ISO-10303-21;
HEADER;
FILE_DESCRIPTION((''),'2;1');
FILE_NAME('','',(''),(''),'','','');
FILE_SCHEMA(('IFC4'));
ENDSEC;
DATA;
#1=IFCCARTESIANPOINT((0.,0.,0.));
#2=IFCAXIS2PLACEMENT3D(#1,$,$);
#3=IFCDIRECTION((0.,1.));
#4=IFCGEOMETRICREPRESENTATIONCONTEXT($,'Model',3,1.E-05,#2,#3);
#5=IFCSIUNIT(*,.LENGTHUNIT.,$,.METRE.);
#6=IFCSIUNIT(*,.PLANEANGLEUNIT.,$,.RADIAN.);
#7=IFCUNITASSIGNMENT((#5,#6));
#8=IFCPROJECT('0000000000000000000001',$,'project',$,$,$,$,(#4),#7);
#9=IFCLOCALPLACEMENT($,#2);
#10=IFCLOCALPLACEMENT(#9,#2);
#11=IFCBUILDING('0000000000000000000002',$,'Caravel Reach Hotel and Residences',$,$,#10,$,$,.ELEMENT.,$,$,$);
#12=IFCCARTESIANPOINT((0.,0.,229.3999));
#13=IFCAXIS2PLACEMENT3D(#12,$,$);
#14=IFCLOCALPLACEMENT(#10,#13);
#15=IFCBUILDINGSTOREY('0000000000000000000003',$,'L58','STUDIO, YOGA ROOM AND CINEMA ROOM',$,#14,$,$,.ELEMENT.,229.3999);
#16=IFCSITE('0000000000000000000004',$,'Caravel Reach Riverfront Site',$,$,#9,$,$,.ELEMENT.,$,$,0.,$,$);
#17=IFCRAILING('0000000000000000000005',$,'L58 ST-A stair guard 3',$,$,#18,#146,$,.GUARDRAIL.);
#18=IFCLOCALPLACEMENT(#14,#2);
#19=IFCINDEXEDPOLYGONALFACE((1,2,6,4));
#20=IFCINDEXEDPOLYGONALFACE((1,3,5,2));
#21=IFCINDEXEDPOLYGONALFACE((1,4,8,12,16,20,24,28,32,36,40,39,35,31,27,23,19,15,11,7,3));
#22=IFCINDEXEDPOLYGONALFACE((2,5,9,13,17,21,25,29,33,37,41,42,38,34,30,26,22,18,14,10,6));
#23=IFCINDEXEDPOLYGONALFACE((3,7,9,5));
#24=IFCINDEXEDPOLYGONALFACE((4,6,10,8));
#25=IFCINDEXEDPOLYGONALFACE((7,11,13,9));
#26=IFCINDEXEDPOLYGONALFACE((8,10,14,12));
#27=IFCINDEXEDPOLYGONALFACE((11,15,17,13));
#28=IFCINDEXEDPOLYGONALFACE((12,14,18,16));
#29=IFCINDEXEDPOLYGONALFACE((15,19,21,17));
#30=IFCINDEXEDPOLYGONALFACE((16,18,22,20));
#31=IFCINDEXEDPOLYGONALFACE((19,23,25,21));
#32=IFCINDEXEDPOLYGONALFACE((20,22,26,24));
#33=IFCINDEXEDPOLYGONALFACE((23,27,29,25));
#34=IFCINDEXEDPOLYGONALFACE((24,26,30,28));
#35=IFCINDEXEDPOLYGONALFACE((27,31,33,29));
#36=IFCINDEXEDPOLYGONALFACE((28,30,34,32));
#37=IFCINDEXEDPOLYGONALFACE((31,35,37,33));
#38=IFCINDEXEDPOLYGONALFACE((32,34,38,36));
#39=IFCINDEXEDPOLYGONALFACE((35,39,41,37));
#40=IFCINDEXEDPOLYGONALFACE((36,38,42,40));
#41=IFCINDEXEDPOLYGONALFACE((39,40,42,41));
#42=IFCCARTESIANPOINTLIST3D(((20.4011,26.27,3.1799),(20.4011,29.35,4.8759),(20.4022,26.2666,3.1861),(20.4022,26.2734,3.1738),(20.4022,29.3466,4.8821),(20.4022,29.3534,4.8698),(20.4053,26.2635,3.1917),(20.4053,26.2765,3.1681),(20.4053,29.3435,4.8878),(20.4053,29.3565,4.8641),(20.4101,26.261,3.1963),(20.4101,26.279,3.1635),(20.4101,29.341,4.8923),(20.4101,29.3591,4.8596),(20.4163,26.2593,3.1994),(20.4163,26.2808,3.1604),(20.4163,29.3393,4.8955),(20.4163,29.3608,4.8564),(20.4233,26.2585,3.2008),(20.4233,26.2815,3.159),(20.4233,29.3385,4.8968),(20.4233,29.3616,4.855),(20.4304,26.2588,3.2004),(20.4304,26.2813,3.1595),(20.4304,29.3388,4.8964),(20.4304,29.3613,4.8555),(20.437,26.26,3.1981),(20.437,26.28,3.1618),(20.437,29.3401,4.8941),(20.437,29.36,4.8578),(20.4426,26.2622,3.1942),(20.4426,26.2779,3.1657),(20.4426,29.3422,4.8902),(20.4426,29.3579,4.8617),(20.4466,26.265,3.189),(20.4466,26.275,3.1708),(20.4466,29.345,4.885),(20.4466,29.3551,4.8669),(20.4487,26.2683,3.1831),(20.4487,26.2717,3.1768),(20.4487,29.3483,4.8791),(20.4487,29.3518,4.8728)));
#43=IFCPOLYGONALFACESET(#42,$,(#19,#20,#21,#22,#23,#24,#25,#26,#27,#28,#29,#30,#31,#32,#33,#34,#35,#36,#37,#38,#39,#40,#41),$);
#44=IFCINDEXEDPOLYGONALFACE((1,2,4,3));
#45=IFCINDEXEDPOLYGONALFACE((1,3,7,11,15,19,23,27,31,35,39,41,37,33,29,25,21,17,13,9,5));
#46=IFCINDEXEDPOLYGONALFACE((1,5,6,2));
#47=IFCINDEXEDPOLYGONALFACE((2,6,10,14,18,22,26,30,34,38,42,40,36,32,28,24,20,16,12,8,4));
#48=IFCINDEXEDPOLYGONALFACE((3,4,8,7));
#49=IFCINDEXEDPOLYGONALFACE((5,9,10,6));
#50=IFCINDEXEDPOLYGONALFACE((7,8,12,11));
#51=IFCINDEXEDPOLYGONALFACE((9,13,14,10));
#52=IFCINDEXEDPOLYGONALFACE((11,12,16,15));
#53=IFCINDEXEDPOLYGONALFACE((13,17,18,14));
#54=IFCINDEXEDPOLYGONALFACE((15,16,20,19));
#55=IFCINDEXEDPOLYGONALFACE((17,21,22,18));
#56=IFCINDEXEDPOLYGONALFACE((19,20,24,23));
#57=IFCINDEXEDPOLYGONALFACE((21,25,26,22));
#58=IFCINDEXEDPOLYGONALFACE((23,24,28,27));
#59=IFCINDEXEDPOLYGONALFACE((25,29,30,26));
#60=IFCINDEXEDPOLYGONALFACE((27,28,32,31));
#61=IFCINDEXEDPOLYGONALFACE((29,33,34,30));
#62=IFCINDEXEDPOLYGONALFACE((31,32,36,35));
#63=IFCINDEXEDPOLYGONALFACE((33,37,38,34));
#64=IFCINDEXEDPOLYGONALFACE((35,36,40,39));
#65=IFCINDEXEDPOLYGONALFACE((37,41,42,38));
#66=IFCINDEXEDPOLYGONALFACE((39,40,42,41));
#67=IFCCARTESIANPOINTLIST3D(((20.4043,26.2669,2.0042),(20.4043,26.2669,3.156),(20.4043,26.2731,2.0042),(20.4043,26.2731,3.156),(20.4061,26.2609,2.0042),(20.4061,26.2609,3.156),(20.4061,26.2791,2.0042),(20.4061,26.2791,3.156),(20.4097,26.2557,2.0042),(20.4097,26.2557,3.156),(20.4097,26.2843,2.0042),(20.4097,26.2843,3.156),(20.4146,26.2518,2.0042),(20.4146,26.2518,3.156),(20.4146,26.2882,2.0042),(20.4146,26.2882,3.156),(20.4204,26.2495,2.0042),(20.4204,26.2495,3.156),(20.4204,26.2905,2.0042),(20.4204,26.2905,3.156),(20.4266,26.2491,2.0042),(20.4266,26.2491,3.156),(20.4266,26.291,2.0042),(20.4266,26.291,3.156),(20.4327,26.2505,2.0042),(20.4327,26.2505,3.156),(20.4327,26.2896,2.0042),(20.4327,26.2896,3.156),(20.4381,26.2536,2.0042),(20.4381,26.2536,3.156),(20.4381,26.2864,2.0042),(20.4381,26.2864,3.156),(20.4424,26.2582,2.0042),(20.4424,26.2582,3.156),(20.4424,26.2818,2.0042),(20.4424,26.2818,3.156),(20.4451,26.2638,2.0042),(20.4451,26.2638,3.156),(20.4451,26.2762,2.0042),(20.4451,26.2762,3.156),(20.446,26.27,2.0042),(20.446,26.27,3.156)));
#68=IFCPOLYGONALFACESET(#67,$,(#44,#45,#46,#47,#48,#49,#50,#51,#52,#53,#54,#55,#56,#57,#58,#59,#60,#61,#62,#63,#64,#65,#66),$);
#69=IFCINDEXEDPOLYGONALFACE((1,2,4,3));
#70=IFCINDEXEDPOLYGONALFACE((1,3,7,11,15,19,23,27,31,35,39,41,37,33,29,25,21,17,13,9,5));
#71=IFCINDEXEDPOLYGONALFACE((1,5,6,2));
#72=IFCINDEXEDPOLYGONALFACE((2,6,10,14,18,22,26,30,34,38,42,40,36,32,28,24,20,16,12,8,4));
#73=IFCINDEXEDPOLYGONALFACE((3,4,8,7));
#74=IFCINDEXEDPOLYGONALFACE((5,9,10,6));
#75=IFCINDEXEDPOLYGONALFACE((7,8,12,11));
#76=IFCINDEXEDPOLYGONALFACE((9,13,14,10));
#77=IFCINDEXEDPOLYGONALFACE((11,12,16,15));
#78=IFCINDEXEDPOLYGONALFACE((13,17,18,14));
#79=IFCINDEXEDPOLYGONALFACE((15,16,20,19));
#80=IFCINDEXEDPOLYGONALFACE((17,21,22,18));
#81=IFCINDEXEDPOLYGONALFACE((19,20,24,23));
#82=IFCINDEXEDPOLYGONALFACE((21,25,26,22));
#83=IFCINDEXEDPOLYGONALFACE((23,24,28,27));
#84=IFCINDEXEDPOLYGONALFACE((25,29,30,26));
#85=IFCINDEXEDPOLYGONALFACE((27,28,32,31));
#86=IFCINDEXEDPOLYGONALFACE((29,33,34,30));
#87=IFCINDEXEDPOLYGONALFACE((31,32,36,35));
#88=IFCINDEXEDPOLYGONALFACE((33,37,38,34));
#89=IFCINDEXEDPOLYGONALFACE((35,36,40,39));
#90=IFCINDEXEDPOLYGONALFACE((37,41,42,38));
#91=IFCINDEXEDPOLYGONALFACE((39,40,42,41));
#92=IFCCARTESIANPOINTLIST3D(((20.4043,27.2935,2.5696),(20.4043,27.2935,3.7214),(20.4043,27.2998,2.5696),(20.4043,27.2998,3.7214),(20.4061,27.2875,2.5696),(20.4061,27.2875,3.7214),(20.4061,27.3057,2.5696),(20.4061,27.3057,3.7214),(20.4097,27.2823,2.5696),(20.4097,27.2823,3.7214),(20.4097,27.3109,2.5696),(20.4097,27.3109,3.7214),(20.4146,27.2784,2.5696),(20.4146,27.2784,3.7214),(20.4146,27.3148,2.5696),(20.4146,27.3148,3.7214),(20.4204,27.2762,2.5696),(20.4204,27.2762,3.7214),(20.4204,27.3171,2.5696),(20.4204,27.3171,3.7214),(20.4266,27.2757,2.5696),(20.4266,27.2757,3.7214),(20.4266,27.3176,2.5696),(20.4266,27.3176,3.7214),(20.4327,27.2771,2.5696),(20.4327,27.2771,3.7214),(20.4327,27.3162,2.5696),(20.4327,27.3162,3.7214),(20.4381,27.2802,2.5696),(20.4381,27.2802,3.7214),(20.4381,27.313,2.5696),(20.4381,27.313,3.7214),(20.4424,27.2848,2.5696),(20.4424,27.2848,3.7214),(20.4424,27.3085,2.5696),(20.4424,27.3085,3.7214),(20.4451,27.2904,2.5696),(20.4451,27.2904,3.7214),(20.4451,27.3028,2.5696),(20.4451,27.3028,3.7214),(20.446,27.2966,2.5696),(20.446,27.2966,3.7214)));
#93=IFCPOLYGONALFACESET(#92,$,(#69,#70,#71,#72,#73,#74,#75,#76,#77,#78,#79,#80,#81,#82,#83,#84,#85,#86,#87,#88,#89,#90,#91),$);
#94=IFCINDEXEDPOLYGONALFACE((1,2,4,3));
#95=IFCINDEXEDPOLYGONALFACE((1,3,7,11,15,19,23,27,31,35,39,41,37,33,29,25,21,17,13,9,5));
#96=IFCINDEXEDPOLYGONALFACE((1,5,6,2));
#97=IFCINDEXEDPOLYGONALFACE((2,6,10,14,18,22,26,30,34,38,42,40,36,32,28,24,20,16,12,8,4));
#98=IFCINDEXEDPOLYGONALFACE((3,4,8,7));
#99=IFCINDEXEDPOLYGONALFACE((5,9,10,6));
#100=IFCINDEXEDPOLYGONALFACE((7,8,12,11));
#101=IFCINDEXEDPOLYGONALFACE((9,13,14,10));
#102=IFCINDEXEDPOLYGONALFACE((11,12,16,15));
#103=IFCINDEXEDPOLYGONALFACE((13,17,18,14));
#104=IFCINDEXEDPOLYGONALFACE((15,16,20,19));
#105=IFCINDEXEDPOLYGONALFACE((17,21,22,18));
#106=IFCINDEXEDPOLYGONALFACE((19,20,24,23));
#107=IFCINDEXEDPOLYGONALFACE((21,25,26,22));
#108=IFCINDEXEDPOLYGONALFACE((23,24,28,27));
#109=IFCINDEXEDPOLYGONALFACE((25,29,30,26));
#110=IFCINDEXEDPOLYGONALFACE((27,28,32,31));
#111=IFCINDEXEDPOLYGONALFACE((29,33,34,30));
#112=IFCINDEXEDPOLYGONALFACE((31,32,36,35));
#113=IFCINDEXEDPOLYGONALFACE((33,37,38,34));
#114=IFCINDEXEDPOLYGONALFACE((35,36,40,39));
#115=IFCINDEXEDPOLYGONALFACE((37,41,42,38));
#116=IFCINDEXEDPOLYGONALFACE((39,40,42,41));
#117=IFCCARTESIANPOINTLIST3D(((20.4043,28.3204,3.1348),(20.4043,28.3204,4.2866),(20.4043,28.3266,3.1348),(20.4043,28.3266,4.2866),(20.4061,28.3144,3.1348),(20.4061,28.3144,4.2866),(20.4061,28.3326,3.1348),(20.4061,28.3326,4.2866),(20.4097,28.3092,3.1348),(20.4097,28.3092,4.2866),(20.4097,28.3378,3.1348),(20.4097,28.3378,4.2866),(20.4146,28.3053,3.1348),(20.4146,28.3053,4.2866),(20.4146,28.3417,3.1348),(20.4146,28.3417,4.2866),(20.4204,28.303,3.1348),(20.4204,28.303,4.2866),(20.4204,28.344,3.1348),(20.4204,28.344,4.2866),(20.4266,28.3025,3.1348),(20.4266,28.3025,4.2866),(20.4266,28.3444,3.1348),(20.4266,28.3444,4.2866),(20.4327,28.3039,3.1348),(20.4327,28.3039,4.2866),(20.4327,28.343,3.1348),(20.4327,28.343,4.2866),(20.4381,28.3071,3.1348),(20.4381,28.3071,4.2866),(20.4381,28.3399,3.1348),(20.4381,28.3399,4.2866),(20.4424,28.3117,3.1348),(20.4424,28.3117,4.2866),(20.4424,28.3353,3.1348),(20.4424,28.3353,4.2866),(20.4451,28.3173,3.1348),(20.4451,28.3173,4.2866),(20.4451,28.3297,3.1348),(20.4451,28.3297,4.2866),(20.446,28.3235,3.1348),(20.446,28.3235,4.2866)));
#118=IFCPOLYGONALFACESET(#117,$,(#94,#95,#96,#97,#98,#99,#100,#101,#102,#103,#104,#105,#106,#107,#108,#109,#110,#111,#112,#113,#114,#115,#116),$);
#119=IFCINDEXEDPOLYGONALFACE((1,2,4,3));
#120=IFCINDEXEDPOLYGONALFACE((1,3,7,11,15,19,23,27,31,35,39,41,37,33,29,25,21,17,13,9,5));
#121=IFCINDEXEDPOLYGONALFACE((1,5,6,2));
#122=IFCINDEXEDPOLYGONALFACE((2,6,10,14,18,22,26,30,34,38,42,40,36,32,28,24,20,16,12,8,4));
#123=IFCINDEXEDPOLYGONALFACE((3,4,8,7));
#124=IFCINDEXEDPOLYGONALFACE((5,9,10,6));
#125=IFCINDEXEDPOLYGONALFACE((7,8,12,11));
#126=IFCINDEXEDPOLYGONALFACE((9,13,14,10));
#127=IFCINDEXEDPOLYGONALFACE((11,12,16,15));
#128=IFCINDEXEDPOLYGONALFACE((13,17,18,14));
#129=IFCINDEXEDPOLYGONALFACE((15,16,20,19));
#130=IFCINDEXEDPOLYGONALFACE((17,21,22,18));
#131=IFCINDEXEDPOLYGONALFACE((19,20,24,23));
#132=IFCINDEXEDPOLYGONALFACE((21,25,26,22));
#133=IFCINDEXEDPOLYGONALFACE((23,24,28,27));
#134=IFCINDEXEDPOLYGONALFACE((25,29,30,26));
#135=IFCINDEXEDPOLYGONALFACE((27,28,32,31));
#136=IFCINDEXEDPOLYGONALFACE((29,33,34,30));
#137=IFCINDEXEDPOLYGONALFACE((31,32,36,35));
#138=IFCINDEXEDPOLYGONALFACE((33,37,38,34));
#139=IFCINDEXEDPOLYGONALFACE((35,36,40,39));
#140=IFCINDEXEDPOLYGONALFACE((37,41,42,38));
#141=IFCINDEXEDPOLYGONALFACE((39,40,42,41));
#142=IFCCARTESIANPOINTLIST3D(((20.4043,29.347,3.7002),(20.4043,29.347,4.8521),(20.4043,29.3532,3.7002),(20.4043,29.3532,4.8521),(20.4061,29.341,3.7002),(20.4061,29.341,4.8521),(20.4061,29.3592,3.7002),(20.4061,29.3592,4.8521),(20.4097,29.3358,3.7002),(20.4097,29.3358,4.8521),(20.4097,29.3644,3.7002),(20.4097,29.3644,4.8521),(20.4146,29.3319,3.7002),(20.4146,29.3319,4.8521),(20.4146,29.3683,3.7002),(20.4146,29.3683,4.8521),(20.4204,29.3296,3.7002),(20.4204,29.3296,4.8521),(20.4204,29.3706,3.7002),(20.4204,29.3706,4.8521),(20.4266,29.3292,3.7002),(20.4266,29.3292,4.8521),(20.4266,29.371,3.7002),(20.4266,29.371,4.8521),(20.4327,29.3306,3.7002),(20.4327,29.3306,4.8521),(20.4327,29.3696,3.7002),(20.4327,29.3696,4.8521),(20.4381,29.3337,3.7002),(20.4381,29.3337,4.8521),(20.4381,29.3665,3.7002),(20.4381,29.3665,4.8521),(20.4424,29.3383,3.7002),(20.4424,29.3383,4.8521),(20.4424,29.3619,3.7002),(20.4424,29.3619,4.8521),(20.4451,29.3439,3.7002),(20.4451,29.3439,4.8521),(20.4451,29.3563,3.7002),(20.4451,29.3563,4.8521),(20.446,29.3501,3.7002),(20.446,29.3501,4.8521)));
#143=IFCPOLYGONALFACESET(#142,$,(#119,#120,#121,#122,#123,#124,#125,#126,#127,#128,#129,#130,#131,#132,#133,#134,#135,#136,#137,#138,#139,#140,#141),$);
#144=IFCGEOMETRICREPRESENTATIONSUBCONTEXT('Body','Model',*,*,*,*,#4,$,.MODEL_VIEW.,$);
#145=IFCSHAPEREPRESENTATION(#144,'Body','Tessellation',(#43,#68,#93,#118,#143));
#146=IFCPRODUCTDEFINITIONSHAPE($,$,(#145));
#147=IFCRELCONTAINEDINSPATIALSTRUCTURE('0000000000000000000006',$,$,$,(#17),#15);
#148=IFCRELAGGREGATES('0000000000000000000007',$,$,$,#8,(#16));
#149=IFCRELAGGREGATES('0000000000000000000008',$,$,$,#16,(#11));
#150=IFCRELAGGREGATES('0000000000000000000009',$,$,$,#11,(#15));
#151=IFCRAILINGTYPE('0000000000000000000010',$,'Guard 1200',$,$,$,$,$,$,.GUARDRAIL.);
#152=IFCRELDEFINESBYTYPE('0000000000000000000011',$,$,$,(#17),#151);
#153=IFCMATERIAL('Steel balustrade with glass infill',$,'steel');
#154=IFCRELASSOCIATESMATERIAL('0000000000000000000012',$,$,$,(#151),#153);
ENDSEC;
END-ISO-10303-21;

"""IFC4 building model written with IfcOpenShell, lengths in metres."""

from ifc_helpers import new_model, si_unit, direction, frame, origin, origin_2d, place, context, subcontext, project, spatial, circle, extrude, material, type_object, element, save


model = new_model("IFC4")

# Units and contexts
model_context = context("Model", 3, precision=1e-05, world=origin(), true_north=direction((0.0, 1.0)))
body_context = subcontext(model_context, "Body", "Model", "MODEL_VIEW")
ifc_project = project(units=[si_unit("LENGTHUNIT", "METRE"), si_unit("PLANEANGLEUNIT", "RADIAN")], contexts=[model_context])

# Site, building, storey
site_placement = place(None, origin())
site = spatial("IfcSite", under=ifc_project, at=site_placement, Name="Caravel Reach Riverfront Site", CompositionType="ELEMENT", RefElevation=0.0)
building_placement = place(site_placement, origin())
building = spatial("IfcBuilding", under=site, at=building_placement, Name="Caravel Reach Hotel and Residences", CompositionType="ELEMENT")
storey_placement = place(building_placement, frame((0.0, 0.0, 229.3999)))
storey = spatial("IfcBuildingStorey", under=building, at=storey_placement, Name="L58", Description="STUDIO, YOGA ROOM AND CINEMA ROOM", CompositionType="ELEMENT", Elevation=229.3999)

# Railing
ifc_material_1 = material(Name="Steel balustrade with glass infill", Category="steel")
railing_type_1 = type_object("IfcRailingType", Name="Guard 1200", PredefinedType="GUARDRAIL", material=ifc_material_1)
railing_1_placement = place(storey_placement, frame((20.425, 26.27, 2.0042)))
element("IfcRailing", 1, at=railing_1_placement, inside=storey, type_object=railing_type_1, Name="L58 ST-A stair guard 3", PredefinedType="GUARDRAIL", context=body_context, shape_type="SweptSolid", body=[
    extrude(circle(Radius=0.0239, at=origin_2d()), frame((0.0, 0.0, 1.1758), z_axis=(0.0, 0.875975, 0.482356), x_axis=(-1.0, 0.0, 0.0)), (0.0, 0.0, 1.0), 3.5161),
    extrude(circle(Radius=0.021, at=origin_2d()), origin(), (0.0, 0.0, 1.0), 1.1519),
    extrude(circle(Radius=0.021, at=origin_2d()), frame((0.0, 1.0266, 0.5654)), (0.0, 0.0, 1.0), 1.1519),
    extrude(circle(Radius=0.021, at=origin_2d()), frame((0.0, 2.0535, 1.1306)), (0.0, 0.0, 1.0), 1.1519),
    extrude(circle(Radius=0.021, at=origin_2d()), frame((0.0, 3.0801, 1.696)), (0.0, 0.0, 1.0), 1.1519),
])

save(model, "model.ifc")
